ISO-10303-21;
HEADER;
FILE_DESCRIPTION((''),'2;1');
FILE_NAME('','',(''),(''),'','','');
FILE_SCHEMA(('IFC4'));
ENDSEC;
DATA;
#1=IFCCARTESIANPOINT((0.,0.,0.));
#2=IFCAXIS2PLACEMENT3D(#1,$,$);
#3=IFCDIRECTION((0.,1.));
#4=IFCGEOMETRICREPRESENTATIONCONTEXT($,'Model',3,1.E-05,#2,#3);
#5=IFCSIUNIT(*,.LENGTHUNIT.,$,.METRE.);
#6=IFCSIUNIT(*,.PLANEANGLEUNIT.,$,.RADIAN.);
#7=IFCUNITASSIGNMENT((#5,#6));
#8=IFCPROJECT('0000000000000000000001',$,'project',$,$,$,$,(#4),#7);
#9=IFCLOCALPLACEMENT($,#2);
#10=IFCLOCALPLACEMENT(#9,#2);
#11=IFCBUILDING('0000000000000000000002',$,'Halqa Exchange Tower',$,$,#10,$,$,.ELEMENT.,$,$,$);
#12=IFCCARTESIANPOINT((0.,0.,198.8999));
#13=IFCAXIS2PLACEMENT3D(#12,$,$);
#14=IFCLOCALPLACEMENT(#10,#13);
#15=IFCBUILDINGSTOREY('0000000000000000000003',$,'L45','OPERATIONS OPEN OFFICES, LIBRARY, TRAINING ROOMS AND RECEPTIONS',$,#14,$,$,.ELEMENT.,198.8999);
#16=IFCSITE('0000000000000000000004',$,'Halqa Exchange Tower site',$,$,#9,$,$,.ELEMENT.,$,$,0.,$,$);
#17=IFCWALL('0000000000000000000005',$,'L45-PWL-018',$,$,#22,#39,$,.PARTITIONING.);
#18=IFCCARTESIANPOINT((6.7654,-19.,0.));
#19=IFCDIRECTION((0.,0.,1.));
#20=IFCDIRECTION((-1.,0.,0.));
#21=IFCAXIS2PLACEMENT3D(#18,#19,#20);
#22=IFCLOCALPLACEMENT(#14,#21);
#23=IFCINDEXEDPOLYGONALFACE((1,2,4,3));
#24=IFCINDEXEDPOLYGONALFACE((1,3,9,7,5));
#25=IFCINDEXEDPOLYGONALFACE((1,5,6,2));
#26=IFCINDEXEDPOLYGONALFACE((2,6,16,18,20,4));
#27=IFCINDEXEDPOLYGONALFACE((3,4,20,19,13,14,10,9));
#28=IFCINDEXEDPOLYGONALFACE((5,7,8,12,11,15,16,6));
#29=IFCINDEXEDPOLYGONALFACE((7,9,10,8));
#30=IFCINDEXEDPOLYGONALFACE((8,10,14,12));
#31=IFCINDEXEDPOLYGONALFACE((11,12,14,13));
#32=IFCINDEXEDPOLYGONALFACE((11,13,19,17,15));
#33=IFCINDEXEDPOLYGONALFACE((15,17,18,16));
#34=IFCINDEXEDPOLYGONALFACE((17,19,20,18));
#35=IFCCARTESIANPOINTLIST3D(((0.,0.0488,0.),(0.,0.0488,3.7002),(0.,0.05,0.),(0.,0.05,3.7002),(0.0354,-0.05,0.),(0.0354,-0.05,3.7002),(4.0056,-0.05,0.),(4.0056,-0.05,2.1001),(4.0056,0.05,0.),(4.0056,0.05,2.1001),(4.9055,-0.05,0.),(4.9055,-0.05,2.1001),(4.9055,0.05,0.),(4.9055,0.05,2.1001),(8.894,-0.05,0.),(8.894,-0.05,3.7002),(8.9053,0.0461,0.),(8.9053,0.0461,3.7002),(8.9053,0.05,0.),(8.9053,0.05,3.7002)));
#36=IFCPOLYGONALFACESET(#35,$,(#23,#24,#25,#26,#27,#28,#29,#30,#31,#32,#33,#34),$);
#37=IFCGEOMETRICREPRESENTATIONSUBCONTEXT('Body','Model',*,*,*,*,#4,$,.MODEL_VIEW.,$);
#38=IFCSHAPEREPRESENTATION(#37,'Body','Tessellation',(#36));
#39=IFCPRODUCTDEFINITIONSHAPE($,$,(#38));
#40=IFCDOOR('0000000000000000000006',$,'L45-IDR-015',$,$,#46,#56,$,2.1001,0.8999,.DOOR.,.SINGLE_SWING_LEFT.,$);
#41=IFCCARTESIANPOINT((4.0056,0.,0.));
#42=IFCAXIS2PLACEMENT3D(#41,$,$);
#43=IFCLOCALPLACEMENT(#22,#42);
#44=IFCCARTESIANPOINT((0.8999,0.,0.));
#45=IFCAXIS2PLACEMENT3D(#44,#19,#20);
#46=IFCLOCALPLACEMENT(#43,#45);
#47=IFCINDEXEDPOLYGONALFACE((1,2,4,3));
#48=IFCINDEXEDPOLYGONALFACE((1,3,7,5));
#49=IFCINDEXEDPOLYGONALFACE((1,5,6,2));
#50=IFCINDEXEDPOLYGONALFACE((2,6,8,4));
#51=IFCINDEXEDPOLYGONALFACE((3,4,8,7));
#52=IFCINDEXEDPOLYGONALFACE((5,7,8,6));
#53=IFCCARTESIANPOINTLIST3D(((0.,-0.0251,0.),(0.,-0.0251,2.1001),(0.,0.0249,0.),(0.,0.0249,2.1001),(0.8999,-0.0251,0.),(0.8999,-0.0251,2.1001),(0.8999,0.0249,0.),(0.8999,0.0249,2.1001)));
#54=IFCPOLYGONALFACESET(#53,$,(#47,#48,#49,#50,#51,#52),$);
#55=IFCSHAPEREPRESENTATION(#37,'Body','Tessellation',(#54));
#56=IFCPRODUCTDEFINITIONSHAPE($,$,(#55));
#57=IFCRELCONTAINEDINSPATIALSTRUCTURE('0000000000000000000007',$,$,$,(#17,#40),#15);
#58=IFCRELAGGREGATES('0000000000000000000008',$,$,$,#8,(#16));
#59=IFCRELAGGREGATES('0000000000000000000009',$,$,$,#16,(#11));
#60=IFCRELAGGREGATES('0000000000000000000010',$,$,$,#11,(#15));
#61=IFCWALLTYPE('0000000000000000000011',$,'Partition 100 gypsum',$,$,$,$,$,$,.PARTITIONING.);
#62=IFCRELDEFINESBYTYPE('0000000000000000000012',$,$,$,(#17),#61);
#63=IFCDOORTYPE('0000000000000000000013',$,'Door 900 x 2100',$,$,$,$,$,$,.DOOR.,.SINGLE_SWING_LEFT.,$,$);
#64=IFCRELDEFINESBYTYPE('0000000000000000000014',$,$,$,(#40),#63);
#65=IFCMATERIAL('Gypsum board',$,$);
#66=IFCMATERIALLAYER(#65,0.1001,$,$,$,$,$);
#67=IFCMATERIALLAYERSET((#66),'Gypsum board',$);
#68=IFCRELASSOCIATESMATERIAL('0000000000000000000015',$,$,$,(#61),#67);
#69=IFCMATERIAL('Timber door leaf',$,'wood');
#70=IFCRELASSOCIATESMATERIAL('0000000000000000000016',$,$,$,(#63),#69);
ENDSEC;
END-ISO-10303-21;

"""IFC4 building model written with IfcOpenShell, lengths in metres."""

from ifc_helpers import new_model, si_unit, direction, frame, frame_2d, origin, place, context, subcontext, project, spatial, polyline, rectangle, outline, extrude, material, layer, layer_set, type_object, element, fill, save


model = new_model("IFC4")

# Units and contexts
model_context = context("Model", 3, precision=1e-05, world=origin(), true_north=direction((0.0, 1.0)))
body_context = subcontext(model_context, "Body", "Model", "MODEL_VIEW")
ifc_project = project(units=[si_unit("LENGTHUNIT", "METRE"), si_unit("PLANEANGLEUNIT", "RADIAN")], contexts=[model_context])

# Site, building, storey
site_placement = place(None, origin())
site = spatial("IfcSite", under=ifc_project, at=site_placement, Name="Halqa Exchange Tower site", CompositionType="ELEMENT", RefElevation=0.0)
building_placement = place(site_placement, origin())
building = spatial("IfcBuilding", under=site, at=building_placement, Name="Halqa Exchange Tower", CompositionType="ELEMENT")
storey_placement = place(building_placement, frame((0.0, 0.0, 198.8999)))
storey = spatial("IfcBuildingStorey", under=building, at=storey_placement, Name="L45", Description="OPERATIONS OPEN OFFICES, LIBRARY, TRAINING ROOMS AND RECEPTIONS", CompositionType="ELEMENT", Elevation=198.8999)

# Wall, opening, door
ifc_material_1 = material(Name="Gypsum board")
ifc_layer_1 = layer(ifc_material_1, 0.1001)
ifc_layer_set_1 = layer_set([ifc_layer_1], Name="Gypsum board")
wall_type_1 = type_object("IfcWallType", Name="Partition 100 gypsum", PredefinedType="PARTITIONING", material=ifc_layer_set_1)
wall_1_placement = place(storey_placement, frame((6.7654, -19.0, 0.0), z_axis=(0.0, 0.0, 1.0), x_axis=(-1.0, 0.0, 0.0)))
wall_1 = element("IfcWall", 1, at=wall_1_placement, inside=storey, type_object=wall_type_1, Name="L45-PWL-018", PredefinedType="PARTITIONING", context=body_context, shape_type="SweptSolid", body=[
    extrude(outline(polyline([(0.0354, -0.05), (1.8071, -0.05), (3.5789, -0.05), (5.3506, -0.05), (7.1223, -0.05), (8.894, -0.05), (8.9053, 0.0461), (8.9053, 0.05), (7.1243, 0.05), (5.3433, 0.05), (3.562, 0.05), (1.781, 0.05), (0.0, 0.05), (0.0, 0.0488), (0.0354, -0.05)])), origin(), (0.0, 0.0, 1.0), 3.7002),
])
opening_1_placement = place(wall_1_placement, frame((4.0056, 0.0, 0.0)))
opening_1 = element("IfcOpeningElement", 2, at=opening_1_placement, cuts=wall_1, PredefinedType="OPENING", context=body_context, shape_type="SweptSolid", body=[
    extrude(rectangle(XDim=0.8999, YDim=2.1001, at=frame_2d((0.45, 1.05))), frame((0.0, 0.062, 0.0), z_axis=(0.0, -1.0, 0.0), x_axis=(1.0, 0.0, 0.0)), (0.0, 0.0, 1.0), 0.124),
])
ifc_material_2 = material(Name="Timber door leaf", Category="wood")
door_type = type_object("IfcDoorType", Name="Door 900 x 2100", OperationType="SINGLE_SWING_LEFT", PredefinedType="DOOR", material=ifc_material_2)
door_placement = place(opening_1_placement, frame((0.8999, 0.0, 0.0), z_axis=(0.0, 0.0, 1.0), x_axis=(-1.0, 0.0, 0.0)))
door = element("IfcDoor", 3, at=door_placement, inside=storey, type_object=door_type, Name="L45-IDR-015", OperationType="SINGLE_SWING_LEFT", OverallHeight=2.1001, OverallWidth=0.8999, PredefinedType="DOOR", context=body_context, shape_type="SweptSolid", body=[
    extrude(rectangle(XDim=0.8999, YDim=2.1001, at=frame_2d((0.45, 1.05))), frame((0.0, 0.0249, 0.0), z_axis=(0.0, -1.0, 0.0), x_axis=(1.0, 0.0, 0.0)), (0.0, 0.0, 1.0), 0.05),
])
fill(opening_1, door)

save(model, "model.ifc")
